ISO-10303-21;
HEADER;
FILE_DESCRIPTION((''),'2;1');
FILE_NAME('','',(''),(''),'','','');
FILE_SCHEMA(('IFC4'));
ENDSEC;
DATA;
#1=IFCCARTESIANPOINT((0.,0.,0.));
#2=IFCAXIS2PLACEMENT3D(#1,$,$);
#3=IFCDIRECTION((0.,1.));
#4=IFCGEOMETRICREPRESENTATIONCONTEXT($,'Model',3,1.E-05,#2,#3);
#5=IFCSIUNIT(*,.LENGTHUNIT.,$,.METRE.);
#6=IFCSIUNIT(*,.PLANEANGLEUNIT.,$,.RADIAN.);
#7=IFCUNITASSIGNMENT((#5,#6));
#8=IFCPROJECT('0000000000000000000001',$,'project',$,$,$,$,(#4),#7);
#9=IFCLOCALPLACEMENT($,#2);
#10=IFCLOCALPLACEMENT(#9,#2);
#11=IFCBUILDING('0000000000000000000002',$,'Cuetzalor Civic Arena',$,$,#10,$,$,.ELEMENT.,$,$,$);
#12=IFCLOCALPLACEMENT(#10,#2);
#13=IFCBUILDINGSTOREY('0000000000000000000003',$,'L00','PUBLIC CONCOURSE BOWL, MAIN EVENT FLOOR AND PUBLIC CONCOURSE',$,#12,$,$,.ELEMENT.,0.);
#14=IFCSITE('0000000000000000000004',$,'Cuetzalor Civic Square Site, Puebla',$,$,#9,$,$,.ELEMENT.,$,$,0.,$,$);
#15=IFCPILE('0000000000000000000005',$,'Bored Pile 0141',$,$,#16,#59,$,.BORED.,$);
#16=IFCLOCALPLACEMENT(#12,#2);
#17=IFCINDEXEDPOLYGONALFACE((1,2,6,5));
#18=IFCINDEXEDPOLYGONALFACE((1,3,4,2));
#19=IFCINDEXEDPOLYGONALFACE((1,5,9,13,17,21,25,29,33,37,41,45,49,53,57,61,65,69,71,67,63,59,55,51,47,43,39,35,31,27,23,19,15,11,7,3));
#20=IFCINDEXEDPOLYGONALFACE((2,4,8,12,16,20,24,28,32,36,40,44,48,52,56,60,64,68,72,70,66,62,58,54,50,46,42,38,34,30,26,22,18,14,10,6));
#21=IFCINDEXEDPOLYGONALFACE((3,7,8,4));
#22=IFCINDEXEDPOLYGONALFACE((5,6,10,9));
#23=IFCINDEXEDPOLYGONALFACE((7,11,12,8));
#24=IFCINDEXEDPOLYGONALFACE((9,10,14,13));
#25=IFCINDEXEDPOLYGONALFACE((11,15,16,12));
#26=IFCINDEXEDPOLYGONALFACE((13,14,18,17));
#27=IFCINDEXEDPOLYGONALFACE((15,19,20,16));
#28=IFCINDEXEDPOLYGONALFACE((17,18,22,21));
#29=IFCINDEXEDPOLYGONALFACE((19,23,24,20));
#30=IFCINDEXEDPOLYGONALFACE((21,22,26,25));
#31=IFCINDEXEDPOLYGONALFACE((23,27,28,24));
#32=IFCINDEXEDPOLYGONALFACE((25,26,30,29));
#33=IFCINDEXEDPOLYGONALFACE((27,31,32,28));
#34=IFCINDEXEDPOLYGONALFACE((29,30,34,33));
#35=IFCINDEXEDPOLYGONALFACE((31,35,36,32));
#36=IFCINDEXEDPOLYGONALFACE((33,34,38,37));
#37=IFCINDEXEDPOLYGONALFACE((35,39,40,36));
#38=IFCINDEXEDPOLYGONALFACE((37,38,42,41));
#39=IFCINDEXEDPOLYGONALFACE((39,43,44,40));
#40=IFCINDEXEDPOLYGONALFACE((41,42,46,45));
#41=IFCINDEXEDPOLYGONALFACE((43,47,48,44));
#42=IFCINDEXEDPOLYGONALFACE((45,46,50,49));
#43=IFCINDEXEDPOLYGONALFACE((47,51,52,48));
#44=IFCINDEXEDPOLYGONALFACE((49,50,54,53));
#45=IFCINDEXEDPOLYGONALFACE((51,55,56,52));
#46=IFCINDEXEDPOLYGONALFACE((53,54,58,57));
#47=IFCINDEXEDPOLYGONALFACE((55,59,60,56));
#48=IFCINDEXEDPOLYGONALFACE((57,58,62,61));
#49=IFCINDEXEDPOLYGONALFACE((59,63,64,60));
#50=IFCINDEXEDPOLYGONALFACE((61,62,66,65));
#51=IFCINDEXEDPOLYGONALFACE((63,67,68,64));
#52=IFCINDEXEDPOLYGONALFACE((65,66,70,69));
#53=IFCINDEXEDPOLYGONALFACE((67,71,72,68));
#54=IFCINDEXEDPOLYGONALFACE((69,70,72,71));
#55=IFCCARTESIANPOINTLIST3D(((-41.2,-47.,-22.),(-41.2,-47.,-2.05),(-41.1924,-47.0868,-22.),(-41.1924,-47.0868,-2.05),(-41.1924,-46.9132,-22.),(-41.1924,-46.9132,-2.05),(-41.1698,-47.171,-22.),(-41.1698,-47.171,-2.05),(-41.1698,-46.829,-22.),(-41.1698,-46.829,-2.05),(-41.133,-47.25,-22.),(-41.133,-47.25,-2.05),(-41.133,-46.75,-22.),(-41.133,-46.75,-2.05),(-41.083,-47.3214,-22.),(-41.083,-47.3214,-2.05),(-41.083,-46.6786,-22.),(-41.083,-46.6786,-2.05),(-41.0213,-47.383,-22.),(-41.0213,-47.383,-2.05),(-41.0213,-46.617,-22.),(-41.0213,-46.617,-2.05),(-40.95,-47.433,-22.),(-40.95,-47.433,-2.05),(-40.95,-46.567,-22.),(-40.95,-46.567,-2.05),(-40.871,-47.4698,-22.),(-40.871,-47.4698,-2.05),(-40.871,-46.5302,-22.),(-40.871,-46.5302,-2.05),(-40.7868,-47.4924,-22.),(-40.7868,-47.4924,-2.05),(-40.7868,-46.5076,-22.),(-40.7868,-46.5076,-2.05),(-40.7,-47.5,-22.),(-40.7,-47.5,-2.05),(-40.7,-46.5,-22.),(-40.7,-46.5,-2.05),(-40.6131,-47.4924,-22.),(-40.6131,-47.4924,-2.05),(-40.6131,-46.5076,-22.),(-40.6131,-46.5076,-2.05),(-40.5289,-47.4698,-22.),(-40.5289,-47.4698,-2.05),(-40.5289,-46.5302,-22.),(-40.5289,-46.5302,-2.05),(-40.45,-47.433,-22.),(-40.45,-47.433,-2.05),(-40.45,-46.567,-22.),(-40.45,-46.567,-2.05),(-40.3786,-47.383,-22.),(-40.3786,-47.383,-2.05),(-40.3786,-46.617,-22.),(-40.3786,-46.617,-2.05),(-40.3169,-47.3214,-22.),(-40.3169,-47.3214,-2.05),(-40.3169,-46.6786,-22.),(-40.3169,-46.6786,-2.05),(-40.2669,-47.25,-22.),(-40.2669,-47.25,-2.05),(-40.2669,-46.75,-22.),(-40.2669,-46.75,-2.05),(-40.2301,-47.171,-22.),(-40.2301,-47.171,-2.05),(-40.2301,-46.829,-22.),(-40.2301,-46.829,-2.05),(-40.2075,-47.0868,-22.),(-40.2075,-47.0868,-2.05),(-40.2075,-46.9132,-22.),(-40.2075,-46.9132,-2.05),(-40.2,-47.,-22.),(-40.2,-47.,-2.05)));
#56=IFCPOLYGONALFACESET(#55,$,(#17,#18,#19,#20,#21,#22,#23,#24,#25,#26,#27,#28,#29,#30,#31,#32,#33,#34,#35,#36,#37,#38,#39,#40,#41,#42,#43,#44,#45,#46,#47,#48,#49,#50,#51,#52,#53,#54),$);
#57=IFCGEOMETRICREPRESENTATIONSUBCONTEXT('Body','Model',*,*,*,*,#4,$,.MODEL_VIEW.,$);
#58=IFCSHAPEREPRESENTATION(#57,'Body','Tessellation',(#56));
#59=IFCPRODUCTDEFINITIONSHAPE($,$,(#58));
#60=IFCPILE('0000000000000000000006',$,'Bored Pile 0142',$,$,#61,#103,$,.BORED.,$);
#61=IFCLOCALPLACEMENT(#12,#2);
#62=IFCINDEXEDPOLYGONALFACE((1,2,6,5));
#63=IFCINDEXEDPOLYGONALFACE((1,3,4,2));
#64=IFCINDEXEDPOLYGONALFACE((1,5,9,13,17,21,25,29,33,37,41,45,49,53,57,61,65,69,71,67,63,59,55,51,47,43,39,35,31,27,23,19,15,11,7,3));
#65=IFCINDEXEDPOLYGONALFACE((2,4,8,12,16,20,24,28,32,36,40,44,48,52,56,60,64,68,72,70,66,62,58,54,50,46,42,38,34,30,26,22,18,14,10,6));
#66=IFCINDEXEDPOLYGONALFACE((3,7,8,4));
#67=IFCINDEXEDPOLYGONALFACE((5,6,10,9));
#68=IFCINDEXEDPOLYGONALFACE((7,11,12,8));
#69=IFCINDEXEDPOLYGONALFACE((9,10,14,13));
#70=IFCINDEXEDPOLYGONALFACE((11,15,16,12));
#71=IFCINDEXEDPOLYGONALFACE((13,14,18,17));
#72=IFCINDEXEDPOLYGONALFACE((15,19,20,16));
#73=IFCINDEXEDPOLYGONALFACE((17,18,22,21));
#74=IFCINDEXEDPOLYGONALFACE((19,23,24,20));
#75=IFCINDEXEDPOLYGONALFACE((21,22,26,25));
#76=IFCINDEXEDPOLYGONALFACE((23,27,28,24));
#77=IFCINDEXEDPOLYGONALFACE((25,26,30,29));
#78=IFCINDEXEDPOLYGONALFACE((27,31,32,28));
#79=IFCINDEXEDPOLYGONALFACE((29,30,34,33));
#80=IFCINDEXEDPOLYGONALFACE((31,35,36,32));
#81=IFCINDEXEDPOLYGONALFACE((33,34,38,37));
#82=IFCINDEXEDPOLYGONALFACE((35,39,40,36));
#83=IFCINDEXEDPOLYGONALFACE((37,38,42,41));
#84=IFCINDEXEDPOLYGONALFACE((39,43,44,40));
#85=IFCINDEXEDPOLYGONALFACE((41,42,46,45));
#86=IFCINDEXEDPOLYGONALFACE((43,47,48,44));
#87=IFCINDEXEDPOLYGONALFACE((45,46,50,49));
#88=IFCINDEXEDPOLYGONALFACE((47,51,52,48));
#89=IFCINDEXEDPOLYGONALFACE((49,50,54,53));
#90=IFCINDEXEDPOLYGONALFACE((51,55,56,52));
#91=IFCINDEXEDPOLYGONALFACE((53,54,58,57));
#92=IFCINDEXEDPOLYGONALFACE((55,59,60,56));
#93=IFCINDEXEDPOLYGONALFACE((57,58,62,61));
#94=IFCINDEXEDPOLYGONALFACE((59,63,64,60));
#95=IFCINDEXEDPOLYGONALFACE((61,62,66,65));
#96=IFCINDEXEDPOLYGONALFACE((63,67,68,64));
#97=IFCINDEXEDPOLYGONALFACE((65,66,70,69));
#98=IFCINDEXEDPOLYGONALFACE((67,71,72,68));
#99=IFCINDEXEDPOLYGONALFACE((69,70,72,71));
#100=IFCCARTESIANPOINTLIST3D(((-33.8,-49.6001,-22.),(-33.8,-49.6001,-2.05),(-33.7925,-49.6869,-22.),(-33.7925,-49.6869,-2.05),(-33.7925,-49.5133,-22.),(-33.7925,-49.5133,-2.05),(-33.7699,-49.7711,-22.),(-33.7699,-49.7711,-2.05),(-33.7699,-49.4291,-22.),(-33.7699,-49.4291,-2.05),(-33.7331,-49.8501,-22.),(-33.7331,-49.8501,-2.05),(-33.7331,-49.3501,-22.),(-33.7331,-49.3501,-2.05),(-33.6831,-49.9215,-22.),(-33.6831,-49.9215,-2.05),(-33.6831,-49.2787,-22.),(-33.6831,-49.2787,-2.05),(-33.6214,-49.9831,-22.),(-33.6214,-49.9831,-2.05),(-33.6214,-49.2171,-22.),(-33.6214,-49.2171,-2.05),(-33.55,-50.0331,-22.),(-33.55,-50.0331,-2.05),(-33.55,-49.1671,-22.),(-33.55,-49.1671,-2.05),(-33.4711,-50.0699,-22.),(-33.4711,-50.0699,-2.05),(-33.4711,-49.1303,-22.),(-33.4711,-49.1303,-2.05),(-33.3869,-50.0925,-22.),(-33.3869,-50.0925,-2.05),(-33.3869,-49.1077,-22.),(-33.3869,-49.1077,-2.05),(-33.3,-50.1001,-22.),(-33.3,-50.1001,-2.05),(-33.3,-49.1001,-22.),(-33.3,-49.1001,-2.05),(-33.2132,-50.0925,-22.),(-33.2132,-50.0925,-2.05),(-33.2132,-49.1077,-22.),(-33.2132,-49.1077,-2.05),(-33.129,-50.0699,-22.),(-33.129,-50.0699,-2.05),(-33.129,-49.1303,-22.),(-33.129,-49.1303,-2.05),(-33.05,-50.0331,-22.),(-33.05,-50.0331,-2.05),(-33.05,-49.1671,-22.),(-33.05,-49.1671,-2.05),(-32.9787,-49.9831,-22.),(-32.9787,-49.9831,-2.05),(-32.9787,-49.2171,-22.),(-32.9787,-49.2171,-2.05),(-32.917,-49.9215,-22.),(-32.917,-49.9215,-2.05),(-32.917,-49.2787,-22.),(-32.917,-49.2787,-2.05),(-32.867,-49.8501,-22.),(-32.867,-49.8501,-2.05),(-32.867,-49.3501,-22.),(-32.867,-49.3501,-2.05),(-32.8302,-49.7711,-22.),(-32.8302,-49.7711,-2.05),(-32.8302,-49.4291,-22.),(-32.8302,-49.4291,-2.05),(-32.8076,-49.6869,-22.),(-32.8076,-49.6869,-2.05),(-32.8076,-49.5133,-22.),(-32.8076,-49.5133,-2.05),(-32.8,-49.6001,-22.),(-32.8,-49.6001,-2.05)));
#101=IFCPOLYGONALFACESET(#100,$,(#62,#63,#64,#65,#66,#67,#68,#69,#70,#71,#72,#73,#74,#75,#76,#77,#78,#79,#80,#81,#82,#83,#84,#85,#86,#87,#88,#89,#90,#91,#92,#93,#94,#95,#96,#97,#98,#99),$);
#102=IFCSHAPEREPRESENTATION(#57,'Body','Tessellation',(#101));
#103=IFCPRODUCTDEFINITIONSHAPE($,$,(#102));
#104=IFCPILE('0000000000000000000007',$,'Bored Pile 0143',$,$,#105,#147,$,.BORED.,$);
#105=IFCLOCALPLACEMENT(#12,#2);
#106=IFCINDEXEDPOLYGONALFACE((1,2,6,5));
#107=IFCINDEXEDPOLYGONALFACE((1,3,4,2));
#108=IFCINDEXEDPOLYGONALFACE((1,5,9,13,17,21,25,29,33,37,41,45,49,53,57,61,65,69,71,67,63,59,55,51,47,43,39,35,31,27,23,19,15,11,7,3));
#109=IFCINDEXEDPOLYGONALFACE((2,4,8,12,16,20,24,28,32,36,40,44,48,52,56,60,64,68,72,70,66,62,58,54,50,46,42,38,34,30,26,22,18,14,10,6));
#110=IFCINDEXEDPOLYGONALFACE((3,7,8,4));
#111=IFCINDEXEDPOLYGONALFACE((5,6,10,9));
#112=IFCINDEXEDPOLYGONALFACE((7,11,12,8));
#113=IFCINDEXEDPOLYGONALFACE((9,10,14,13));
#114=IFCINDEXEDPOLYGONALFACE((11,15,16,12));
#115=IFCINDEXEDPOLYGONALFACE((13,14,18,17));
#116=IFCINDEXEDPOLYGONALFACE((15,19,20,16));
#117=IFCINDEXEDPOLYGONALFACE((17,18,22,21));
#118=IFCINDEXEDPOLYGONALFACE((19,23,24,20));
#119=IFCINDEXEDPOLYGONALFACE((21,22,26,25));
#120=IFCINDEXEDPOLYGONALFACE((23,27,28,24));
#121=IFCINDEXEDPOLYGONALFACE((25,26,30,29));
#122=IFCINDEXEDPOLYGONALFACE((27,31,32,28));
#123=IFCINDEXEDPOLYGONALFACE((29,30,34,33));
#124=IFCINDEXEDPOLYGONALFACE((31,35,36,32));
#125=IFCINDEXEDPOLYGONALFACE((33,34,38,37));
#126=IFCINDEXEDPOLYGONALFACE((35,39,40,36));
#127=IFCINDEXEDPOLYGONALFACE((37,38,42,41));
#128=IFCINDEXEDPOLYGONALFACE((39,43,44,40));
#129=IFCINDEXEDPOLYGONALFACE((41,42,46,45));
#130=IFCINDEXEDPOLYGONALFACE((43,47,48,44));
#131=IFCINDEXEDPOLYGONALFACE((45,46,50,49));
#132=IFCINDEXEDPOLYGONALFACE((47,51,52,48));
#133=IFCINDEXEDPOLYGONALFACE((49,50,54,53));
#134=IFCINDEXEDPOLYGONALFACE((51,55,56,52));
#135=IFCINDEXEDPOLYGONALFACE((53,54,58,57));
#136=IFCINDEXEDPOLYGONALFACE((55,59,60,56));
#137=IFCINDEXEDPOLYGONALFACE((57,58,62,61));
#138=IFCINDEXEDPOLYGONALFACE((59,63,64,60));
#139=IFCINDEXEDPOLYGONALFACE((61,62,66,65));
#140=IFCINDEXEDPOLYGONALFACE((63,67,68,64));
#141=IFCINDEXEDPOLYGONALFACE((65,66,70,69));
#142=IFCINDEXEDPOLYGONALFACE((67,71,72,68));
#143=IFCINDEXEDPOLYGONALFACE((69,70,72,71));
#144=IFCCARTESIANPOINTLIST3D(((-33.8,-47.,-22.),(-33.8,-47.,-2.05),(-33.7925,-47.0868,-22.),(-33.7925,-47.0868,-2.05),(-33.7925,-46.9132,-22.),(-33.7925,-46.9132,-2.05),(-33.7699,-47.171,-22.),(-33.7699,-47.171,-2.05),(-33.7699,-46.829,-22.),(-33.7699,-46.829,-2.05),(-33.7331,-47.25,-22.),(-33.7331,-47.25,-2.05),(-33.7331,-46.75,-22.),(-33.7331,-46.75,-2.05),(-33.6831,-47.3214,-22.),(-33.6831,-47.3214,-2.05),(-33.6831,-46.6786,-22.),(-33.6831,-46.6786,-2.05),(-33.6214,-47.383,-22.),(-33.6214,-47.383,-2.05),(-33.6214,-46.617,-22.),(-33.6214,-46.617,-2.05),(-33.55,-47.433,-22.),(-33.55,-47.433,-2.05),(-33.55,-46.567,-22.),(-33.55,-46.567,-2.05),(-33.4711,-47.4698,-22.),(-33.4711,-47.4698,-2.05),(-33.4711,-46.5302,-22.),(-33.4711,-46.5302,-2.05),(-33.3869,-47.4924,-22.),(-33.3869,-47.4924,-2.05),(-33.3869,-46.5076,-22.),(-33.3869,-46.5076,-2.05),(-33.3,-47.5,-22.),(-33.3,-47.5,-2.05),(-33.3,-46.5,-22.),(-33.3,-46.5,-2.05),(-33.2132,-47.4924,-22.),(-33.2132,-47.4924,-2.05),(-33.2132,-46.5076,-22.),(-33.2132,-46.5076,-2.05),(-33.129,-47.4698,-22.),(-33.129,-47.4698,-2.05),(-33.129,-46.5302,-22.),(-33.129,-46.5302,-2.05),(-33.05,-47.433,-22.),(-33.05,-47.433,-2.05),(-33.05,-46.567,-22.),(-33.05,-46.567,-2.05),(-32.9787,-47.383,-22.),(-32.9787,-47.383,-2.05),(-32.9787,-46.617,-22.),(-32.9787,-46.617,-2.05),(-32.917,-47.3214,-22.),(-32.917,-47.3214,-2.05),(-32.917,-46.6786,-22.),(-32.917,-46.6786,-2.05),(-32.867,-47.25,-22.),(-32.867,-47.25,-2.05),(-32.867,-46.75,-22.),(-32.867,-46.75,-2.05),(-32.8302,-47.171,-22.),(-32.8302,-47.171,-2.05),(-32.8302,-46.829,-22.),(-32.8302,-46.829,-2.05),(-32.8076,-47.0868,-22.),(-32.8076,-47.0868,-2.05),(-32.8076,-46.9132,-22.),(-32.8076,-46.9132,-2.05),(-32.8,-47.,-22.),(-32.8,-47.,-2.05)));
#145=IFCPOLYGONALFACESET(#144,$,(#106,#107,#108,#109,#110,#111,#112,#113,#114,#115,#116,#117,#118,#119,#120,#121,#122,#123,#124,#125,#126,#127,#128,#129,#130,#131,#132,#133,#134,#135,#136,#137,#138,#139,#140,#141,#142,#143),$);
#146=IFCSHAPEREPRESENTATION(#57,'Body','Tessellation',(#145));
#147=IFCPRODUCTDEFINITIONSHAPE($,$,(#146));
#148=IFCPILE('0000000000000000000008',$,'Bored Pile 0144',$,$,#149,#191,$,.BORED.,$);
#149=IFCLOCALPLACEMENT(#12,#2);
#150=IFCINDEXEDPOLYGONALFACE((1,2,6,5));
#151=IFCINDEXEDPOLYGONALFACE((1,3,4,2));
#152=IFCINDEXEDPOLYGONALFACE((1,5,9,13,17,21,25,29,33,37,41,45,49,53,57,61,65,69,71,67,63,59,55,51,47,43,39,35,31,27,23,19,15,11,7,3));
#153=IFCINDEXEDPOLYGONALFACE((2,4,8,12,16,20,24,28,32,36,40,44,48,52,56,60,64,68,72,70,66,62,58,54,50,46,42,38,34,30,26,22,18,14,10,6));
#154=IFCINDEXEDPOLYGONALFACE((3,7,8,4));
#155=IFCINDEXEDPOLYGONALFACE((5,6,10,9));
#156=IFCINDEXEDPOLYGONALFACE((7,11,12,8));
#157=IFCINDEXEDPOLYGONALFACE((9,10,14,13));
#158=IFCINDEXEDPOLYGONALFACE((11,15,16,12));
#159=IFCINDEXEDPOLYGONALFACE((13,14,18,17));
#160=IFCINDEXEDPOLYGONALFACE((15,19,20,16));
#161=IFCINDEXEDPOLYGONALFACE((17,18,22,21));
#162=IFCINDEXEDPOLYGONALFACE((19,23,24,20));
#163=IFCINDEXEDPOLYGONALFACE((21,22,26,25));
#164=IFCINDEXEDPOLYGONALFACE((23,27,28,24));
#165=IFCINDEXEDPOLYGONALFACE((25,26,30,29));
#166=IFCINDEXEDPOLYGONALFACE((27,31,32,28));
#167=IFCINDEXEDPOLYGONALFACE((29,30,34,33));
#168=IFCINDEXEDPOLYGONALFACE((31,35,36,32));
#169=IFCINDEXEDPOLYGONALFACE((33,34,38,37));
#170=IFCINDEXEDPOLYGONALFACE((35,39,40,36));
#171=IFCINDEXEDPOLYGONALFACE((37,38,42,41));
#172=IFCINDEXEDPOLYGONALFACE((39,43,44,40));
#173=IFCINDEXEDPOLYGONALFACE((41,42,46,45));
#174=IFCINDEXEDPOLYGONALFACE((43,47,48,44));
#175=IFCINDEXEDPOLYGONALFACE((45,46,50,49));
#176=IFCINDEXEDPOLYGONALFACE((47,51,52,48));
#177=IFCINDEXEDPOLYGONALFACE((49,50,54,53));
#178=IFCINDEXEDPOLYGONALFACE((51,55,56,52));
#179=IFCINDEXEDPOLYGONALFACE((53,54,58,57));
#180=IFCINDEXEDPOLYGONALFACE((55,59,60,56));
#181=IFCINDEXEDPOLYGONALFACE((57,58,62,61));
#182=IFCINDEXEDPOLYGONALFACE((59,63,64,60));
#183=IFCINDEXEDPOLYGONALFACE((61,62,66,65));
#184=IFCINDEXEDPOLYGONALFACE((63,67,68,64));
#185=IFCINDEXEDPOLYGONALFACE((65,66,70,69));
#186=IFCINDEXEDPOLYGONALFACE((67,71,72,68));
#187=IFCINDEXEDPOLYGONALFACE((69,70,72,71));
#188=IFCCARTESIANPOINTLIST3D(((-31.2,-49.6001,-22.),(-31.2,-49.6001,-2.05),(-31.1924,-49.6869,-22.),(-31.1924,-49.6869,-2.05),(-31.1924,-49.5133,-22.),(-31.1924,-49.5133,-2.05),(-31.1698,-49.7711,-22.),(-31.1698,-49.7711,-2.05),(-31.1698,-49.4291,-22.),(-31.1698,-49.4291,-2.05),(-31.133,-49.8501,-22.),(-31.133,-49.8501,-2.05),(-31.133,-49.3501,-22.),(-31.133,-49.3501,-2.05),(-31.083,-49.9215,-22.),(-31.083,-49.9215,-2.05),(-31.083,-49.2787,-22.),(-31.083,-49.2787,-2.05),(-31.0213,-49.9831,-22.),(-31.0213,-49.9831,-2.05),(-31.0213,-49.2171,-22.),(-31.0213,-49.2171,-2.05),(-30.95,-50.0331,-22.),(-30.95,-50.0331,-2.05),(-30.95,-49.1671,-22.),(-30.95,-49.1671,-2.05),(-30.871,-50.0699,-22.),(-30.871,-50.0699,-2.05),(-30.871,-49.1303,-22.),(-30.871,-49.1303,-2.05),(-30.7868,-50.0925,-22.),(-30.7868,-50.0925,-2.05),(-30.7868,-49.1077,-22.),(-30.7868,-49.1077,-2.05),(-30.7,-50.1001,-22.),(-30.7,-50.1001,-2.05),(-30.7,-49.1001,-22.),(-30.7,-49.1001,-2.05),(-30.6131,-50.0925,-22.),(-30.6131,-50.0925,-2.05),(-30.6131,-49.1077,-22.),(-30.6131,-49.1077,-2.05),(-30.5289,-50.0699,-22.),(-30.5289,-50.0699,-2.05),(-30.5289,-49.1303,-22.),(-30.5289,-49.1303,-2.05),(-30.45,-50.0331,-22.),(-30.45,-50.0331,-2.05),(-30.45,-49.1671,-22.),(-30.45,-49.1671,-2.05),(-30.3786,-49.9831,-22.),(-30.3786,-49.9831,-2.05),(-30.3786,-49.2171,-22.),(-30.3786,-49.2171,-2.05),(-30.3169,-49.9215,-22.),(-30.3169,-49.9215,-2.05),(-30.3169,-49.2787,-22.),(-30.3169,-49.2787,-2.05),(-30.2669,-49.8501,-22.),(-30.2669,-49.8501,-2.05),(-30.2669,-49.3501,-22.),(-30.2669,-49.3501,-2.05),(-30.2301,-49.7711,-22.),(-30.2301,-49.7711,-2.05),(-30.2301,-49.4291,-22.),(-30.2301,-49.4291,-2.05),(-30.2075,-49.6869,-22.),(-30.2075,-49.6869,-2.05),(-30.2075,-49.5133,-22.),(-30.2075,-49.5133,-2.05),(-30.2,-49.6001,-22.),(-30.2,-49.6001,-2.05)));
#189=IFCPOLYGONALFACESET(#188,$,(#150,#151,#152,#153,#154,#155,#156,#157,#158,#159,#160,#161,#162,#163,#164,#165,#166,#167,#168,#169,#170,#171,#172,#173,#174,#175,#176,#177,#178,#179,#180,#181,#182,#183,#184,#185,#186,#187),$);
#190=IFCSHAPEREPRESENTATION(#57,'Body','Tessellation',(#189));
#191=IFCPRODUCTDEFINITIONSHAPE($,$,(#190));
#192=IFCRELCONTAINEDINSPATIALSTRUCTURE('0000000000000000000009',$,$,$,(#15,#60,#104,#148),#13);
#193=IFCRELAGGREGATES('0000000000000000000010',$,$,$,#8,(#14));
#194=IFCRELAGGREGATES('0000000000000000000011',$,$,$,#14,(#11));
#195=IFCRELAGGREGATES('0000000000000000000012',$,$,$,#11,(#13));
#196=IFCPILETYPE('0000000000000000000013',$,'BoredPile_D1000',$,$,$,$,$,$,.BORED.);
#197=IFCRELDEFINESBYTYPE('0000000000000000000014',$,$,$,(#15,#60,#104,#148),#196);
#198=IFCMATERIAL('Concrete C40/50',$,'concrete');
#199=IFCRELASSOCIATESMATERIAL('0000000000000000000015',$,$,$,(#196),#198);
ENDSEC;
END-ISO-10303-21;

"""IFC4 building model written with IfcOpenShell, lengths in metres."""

from ifc_helpers import new_model, si_unit, direction, frame, origin, origin_2d, place, context, subcontext, project, spatial, circle, extrude, material, material_profile, profile_set, type_object, element, save


model = new_model("IFC4")

# Units and contexts
model_context = context("Model", 3, precision=1e-05, world=origin(), true_north=direction((0.0, 1.0)))
body_context = subcontext(model_context, "Body", "Model", "MODEL_VIEW")
ifc_project = project(units=[si_unit("LENGTHUNIT", "METRE"), si_unit("PLANEANGLEUNIT", "RADIAN")], contexts=[model_context])

# Site, building, storey
site_placement = place(None, origin())
site = spatial("IfcSite", under=ifc_project, at=site_placement, Name="Cuetzalor Civic Square Site, Puebla", CompositionType="ELEMENT", RefElevation=0.0)
building_placement = place(site_placement, origin())
building = spatial("IfcBuilding", under=site, at=building_placement, Name="Cuetzalor Civic Arena", CompositionType="ELEMENT")
storey_placement = place(building_placement, origin())
storey = spatial("IfcBuildingStorey", under=building, at=storey_placement, Name="L00", Description="PUBLIC CONCOURSE BOWL, MAIN EVENT FLOOR AND PUBLIC CONCOURSE", CompositionType="ELEMENT", Elevation=0.0)

# Piles
ifc_material_1 = material(Name="Concrete C40/50", Category="concrete")
ifc_material_profile_1 = material_profile(ifc_material_1, circle(Radius=0.5, at=origin_2d()), Name="BORED PILE D1000")
ifc_profile_set_1 = profile_set([ifc_material_profile_1], Name="Concrete C40/50")
pile_type_1 = type_object("IfcPileType", Name="BoredPile_D1000", PredefinedType="BORED", material=ifc_profile_set_1)
for number, where, z_axis, x_axis, name in (
    (1, (-40.7, -47.0, -2.05), (0.0, 0.0, -1.0), (1.0, 0.0, 0.0), "Bored Pile 0141"),
    (2, (-33.3, -49.6001, -2.05), (0.0, 0.0, -1.0), (1.0, 0.0, 0.0), "Bored Pile 0142"),
    (3, (-33.3, -47.0, -2.05), (0.0, 0.0, -1.0), (1.0, 0.0, 0.0), "Bored Pile 0143"),
    (4, (-30.7, -49.6001, -2.05), (0.0, 0.0, -1.0), (1.0, 0.0, 0.0), "Bored Pile 0144"),
):
    element("IfcPile", number, at=place(storey_placement, frame(where, z_axis=z_axis, x_axis=x_axis)), inside=storey, type_object=pile_type_1, Name=name, PredefinedType="BORED", context=body_context, shape_type="SweptSolid", body=[
        extrude(circle(Radius=0.5, at=origin_2d()), origin(), (0.0, 0.0, 1.0), 19.95),
    ])

save(model, "model.ifc")
